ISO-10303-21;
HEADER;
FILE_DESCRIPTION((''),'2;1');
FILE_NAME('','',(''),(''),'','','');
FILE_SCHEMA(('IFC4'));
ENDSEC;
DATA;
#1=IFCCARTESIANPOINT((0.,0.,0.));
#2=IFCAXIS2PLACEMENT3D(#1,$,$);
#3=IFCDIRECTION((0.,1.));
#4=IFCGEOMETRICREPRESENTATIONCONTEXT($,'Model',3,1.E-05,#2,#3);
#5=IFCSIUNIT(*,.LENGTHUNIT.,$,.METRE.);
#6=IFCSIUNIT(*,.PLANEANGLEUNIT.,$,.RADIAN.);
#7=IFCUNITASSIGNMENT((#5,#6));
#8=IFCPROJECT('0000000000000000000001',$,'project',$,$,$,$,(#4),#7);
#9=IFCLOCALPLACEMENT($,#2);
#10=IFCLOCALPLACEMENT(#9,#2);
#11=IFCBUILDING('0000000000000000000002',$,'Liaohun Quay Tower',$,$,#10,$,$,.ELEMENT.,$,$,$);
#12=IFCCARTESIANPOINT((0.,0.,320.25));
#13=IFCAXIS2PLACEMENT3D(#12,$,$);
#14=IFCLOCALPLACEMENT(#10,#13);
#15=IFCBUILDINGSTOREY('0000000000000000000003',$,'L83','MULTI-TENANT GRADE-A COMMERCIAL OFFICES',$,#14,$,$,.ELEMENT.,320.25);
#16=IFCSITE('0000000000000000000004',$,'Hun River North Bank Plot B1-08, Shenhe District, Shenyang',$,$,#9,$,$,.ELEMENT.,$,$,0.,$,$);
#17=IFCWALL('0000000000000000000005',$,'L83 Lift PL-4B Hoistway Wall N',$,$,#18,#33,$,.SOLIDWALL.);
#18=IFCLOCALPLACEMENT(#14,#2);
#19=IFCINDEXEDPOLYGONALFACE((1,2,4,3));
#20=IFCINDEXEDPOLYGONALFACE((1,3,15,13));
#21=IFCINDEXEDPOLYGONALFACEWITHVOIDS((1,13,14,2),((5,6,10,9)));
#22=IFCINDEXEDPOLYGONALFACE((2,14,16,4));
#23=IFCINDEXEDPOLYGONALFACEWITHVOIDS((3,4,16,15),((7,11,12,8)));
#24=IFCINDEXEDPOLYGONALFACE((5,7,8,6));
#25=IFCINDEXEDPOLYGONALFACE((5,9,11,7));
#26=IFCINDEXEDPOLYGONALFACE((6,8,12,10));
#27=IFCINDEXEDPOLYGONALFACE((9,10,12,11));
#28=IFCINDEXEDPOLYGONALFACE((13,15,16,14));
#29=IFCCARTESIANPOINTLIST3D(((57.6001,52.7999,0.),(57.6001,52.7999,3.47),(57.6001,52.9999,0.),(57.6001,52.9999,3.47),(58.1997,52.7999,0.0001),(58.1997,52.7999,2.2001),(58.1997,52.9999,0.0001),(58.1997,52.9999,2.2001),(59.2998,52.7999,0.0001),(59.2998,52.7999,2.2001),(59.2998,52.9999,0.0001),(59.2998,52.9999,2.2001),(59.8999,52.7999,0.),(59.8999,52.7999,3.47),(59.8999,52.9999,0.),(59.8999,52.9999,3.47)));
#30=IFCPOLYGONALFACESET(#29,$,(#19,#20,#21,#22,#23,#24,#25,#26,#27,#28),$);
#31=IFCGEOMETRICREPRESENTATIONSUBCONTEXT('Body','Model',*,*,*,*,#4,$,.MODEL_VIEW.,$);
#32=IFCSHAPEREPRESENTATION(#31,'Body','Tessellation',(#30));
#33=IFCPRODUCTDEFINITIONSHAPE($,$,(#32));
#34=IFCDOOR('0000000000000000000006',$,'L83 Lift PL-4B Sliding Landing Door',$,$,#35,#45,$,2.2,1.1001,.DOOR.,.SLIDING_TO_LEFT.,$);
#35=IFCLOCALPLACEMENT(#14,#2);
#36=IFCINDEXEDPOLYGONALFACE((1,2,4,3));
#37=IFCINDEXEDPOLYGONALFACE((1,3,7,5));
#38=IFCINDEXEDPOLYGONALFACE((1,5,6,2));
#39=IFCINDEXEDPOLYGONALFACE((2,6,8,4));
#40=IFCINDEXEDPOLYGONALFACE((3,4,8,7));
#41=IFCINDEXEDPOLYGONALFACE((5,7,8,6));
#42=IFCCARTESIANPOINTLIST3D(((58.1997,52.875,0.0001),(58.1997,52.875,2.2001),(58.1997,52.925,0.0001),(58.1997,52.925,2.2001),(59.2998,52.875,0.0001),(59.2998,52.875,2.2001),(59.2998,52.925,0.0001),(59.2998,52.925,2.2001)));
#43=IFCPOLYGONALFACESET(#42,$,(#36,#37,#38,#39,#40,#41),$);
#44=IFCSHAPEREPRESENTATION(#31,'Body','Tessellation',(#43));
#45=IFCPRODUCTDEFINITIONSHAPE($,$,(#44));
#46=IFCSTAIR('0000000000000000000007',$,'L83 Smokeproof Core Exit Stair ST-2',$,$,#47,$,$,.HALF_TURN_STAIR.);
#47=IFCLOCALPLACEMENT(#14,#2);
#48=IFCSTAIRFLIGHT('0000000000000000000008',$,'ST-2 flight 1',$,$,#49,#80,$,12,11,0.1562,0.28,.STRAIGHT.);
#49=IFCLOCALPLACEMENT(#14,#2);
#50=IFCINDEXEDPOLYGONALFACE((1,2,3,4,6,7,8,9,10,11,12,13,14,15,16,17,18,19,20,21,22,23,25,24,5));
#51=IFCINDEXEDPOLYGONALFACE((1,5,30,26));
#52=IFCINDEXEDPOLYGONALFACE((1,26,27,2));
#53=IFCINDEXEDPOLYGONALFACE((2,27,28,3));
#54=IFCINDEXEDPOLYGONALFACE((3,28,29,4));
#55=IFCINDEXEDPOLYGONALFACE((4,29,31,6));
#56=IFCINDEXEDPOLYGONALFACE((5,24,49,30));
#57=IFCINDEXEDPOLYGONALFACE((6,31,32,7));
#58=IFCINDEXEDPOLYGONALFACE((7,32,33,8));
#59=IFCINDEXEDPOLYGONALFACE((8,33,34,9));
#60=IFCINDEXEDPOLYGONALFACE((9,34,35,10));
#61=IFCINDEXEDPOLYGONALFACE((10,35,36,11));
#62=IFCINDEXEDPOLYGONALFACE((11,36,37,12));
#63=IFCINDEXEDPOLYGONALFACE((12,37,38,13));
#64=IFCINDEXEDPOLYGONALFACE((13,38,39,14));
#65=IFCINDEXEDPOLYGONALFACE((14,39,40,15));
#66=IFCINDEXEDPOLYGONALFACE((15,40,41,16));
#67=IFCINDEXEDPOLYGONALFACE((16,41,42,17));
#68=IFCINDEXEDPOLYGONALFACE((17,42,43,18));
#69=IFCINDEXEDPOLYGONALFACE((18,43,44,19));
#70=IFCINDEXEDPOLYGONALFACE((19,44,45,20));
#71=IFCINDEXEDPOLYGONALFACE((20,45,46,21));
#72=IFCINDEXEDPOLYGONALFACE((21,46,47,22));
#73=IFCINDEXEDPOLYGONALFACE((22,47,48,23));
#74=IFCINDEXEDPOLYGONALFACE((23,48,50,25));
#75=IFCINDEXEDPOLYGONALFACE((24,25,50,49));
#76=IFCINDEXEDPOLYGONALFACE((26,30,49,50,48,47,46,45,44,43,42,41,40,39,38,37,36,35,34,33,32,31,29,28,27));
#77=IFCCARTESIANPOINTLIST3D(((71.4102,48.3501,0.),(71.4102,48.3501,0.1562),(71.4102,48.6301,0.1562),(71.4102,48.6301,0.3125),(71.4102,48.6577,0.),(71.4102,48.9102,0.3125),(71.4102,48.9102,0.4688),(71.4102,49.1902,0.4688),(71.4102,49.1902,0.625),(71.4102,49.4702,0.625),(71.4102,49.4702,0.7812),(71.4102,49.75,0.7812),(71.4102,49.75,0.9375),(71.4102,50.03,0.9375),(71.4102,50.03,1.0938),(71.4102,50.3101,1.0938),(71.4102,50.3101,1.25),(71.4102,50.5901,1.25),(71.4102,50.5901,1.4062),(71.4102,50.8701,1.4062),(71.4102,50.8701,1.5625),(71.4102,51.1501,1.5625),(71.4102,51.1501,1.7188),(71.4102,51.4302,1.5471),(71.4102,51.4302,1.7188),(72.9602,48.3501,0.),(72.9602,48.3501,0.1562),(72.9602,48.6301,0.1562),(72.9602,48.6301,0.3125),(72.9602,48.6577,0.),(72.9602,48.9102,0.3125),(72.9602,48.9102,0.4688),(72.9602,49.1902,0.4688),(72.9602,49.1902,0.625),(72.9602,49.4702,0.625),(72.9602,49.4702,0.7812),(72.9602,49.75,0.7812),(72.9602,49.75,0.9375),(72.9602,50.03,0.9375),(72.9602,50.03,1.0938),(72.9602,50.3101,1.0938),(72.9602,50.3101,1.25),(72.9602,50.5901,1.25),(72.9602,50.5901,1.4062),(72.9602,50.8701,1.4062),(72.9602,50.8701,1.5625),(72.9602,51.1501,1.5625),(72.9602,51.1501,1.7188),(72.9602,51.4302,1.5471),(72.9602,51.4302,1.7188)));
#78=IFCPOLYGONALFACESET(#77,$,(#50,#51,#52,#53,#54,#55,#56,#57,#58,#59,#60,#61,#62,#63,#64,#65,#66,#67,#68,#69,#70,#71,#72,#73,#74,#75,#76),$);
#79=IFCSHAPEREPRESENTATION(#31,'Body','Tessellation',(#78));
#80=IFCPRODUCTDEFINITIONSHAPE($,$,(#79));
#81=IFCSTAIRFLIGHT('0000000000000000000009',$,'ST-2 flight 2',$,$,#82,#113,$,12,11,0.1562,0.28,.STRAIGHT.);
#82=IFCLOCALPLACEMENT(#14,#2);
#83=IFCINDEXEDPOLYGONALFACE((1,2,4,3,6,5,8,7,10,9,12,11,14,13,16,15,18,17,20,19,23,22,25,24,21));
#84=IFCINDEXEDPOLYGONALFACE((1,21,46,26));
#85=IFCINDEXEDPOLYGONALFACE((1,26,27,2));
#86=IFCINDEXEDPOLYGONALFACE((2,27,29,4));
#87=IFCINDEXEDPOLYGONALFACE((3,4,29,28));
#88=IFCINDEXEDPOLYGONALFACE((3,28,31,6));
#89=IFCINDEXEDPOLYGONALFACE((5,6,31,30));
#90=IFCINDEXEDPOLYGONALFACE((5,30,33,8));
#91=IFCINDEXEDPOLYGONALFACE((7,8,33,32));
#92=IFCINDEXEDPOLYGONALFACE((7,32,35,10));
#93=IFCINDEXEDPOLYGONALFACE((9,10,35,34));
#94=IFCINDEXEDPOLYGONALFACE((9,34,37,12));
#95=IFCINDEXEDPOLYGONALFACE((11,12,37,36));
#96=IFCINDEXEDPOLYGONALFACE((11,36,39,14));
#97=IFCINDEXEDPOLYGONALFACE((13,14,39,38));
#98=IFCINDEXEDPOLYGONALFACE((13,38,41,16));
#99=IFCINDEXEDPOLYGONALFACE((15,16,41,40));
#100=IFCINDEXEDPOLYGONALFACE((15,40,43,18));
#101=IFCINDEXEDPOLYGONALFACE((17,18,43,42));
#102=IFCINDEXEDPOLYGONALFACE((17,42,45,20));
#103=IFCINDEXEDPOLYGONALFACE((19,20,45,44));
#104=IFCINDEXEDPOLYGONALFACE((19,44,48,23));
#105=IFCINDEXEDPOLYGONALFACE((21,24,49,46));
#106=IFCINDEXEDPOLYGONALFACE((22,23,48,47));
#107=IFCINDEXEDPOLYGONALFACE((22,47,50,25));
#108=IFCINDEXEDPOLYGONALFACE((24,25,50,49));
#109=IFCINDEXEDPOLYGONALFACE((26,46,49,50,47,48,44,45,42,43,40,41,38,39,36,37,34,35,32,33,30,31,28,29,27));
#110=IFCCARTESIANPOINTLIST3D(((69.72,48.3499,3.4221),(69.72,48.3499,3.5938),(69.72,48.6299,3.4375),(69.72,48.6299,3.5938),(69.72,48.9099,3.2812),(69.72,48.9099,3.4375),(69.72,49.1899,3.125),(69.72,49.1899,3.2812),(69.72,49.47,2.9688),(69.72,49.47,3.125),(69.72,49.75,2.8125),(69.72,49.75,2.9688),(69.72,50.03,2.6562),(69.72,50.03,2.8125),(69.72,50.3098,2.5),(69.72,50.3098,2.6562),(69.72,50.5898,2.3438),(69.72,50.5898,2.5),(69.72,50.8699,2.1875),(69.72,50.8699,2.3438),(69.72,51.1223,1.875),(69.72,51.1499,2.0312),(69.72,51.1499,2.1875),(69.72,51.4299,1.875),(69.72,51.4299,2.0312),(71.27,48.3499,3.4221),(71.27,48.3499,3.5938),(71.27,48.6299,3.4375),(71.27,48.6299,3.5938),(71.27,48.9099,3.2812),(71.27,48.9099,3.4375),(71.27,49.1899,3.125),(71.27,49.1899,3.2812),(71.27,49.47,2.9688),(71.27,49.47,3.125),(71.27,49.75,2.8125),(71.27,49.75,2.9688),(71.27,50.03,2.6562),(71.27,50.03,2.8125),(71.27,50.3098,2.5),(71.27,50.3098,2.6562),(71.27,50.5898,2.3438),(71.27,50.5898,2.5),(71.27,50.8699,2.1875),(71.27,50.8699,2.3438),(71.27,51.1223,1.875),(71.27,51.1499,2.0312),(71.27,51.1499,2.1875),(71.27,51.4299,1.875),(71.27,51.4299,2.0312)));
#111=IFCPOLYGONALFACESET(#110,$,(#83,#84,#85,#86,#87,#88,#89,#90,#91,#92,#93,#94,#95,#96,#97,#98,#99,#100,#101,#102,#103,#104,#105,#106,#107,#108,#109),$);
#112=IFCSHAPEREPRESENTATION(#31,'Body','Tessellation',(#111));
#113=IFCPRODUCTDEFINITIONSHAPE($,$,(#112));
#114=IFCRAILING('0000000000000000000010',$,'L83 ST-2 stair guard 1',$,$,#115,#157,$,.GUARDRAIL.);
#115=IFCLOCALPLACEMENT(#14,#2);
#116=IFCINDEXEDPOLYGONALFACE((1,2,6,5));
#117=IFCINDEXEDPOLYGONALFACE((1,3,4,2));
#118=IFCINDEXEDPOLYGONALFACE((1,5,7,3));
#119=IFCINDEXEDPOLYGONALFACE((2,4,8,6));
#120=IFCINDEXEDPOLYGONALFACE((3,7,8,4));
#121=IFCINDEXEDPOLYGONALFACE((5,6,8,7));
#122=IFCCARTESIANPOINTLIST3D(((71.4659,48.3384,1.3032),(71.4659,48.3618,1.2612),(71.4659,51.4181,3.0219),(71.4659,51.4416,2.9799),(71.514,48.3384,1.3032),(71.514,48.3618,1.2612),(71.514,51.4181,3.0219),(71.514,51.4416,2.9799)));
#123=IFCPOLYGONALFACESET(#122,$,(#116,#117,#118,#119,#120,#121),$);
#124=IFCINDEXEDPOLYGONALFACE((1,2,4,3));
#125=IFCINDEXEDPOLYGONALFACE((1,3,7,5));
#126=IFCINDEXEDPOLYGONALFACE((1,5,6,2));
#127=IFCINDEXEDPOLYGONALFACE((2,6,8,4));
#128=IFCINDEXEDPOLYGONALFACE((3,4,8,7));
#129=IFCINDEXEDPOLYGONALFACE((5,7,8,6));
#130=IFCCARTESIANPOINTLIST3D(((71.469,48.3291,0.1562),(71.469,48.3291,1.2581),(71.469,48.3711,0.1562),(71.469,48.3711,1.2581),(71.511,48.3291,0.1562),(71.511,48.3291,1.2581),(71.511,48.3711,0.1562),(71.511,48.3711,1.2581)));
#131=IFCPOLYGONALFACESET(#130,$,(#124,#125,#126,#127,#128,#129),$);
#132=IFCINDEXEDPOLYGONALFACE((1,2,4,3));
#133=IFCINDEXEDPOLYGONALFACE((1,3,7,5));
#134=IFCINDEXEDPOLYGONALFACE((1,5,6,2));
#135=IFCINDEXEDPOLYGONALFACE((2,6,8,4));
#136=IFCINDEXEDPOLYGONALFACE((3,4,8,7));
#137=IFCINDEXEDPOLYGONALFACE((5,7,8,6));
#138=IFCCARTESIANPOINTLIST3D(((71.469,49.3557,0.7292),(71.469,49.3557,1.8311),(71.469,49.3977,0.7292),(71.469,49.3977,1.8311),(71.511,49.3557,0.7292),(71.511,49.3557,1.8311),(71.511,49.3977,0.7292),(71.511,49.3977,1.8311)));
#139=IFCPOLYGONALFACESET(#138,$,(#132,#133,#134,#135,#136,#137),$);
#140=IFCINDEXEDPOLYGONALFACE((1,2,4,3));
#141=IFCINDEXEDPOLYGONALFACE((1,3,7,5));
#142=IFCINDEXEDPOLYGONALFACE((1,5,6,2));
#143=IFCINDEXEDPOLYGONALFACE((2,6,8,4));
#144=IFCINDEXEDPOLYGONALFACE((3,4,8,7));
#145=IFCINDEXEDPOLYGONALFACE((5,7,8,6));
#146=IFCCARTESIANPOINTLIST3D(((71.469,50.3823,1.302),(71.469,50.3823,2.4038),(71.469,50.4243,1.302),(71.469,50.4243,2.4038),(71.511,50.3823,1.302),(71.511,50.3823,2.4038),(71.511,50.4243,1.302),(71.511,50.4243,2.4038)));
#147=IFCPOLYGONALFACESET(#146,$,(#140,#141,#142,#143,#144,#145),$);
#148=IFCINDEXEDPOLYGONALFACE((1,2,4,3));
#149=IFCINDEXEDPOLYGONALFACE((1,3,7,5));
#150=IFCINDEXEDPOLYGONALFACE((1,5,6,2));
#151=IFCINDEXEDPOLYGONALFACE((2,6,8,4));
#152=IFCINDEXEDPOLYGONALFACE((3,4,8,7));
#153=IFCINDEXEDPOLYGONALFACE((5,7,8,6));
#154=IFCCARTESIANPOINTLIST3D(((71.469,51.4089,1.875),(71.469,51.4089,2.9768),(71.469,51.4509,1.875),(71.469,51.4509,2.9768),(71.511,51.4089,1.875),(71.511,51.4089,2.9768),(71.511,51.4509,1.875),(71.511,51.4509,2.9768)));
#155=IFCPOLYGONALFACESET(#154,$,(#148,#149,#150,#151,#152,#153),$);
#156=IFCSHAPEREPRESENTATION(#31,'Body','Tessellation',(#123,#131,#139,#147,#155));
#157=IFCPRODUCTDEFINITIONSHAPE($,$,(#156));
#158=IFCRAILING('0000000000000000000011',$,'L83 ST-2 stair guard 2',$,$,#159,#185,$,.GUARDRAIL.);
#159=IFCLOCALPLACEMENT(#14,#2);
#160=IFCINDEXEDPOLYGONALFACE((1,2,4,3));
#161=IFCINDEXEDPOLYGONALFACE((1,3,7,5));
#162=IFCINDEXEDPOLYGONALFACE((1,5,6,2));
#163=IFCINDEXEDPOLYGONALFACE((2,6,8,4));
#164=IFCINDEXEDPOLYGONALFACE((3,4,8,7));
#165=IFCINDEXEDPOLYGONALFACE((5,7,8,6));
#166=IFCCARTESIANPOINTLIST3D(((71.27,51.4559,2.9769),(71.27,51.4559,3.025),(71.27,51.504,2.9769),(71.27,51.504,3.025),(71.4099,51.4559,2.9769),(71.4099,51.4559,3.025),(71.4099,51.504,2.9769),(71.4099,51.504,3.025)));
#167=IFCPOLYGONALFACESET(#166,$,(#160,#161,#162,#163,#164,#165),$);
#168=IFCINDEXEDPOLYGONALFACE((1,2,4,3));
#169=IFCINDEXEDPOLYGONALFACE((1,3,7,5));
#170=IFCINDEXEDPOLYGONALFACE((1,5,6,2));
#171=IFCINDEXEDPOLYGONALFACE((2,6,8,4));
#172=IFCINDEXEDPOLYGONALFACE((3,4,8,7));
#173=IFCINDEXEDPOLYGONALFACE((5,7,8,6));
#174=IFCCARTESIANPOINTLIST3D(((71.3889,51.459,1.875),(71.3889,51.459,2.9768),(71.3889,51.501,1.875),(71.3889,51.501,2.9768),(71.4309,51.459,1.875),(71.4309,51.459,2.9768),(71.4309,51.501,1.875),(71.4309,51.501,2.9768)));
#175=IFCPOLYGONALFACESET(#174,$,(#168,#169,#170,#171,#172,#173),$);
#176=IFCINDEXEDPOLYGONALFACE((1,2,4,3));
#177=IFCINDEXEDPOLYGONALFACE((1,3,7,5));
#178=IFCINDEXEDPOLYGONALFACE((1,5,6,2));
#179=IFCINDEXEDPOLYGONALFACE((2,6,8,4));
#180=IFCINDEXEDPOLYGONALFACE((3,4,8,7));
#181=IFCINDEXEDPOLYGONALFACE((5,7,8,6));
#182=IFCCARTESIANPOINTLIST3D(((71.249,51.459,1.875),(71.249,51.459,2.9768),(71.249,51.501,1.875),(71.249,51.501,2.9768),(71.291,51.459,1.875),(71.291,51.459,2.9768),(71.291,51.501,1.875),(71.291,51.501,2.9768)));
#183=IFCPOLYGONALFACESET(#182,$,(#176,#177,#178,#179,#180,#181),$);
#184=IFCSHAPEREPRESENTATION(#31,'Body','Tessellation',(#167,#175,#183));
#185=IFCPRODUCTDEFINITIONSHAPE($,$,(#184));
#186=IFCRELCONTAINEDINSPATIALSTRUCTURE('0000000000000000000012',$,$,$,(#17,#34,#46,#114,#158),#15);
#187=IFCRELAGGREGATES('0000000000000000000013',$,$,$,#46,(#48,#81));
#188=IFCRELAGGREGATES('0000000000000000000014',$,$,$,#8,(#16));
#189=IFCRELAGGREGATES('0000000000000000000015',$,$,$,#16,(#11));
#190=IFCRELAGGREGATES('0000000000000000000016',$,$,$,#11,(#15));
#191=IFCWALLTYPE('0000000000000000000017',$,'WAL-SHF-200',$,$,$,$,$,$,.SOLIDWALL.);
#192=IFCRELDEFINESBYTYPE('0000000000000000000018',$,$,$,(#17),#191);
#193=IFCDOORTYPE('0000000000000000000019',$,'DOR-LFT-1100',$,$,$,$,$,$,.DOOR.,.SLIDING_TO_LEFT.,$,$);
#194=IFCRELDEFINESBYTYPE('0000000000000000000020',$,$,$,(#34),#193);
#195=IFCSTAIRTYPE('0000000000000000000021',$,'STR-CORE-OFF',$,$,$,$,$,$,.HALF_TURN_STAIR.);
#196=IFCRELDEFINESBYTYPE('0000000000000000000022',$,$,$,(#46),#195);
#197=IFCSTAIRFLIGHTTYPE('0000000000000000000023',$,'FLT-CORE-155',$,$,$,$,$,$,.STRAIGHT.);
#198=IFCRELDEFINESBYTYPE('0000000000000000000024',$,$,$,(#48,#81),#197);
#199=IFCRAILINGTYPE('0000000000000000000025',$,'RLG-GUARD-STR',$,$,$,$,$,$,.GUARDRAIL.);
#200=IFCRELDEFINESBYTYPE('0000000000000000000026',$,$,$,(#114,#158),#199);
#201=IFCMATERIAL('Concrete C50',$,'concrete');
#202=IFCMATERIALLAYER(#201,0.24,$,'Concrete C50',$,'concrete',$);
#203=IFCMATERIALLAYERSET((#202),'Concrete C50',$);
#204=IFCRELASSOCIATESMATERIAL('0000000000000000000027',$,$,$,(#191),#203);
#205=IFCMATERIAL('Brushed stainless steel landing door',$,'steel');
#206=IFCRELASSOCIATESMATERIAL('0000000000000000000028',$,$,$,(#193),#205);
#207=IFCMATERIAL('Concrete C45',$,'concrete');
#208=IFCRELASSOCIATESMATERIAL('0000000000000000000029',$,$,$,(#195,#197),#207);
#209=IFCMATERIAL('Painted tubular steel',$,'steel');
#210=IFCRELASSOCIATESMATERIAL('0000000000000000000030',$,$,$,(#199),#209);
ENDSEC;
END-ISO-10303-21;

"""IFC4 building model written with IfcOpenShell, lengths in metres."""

from ifc_helpers import new_model, si_unit, direction, frame, frame_2d, origin, origin_2d, place, context, subcontext, project, spatial, polyline, rectangle, outline, extrude, source, transform, mapped, material, layer, layer_set, type_object, element, fill, aggregate, save


model = new_model("IFC4")

# Units and contexts
model_context = context("Model", 3, precision=1e-05, world=origin(), true_north=direction((0.0, 1.0)))
body_context = subcontext(model_context, "Body", "Model", "MODEL_VIEW")
ifc_project = project(units=[si_unit("LENGTHUNIT", "METRE"), si_unit("PLANEANGLEUNIT", "RADIAN")], contexts=[model_context])

# Site, building, storey
site_placement = place(None, origin())
site = spatial("IfcSite", under=ifc_project, at=site_placement, Name="Hun River North Bank Plot B1-08, Shenhe District, Shenyang", CompositionType="ELEMENT", RefElevation=0.0)
building_placement = place(site_placement, origin())
building = spatial("IfcBuilding", under=site, at=building_placement, Name="Liaohun Quay Tower", CompositionType="ELEMENT")
storey_placement = place(building_placement, frame((0.0, 0.0, 320.25)))
storey = spatial("IfcBuildingStorey", under=building, at=storey_placement, Name="L83", Description="MULTI-TENANT GRADE-A COMMERCIAL OFFICES", CompositionType="ELEMENT", Elevation=320.25)

# Shared definitions
ifc_material_1 = material(Name="Concrete C50", Category="concrete")
ifc_layer_1 = layer(ifc_material_1, 0.24, Name="Concrete C50", Category="concrete")
ifc_layer_set_1 = layer_set([ifc_layer_1], Name="Concrete C50")
wall_type_1 = type_object("IfcWallType", Name="WAL-SHF-200", PredefinedType="SOLIDWALL", material=ifc_layer_set_1)

# Wall, opening, door
wall_1_placement = place(storey_placement, frame((59.8999, 52.8999, 0.0), z_axis=(0.0, 0.0, 1.0), x_axis=(-1.0, 0.0, 0.0)))
wall_1 = element("IfcWall", 1, at=wall_1_placement, inside=storey, type_object=wall_type_1, Name="L83 Lift PL-4B Hoistway Wall N", PredefinedType="SOLIDWALL", context=body_context, shape_type="SweptSolid", body=[
    extrude(rectangle(XDim=2.2998, YDim=0.2, at=frame_2d((1.1499, 0.0))), origin(), (0.0, 0.0, 1.0), 3.47),
])
shared_shape_1 = source(origin(), body_context, "Body", "SweptSolid", [
    extrude(rectangle(XDim=1.1001, YDim=2.2, at=frame_2d((0.55, 1.1001))), frame((0.0, 0.1099, 0.0), z_axis=(0.0, -1.0, 0.0), x_axis=(1.0, 0.0, 0.0)), (0.0, 0.0, 1.0), 0.22),
])
opening_1_placement = place(wall_1_placement, frame((0.6001, 0.0, 0.0)))
opening_1 = element("IfcOpeningElement", 2, at=opening_1_placement, cuts=wall_1, PredefinedType="OPENING", context=body_context, shape_type="MappedRepresentation", body=[
    mapped(shared_shape_1, transform((0.0, 0.0, 0.0), x_axis=(1.0, 0.0, 0.0), y_axis=(0.0, 1.0, 0.0), z_axis=(0.0, 0.0, 1.0), scale=1.0)),
])
ifc_material_2 = material(Name="Brushed stainless steel landing door", Category="steel")
door_type_1 = type_object("IfcDoorType", Name="DOR-LFT-1100", OperationType="SLIDING_TO_LEFT", PredefinedType="DOOR", material=ifc_material_2)
shared_shape_2 = source(origin(), body_context, "Body", "SweptSolid", [
    extrude(rectangle(XDim=1.1001, YDim=2.2, at=frame_2d((0.55, 1.1001))), frame((0.0, 0.0249, 0.0), z_axis=(0.0, -1.0, 0.0), x_axis=(1.0, 0.0, 0.0)), (0.0, 0.0, 1.0), 0.05),
])
door_1_placement = place(opening_1_placement, origin())
door_1 = element("IfcDoor", 3, at=door_1_placement, inside=storey, type_object=door_type_1, Name="L83 Lift PL-4B Sliding Landing Door", OperationType="SLIDING_TO_LEFT", OverallHeight=2.2, OverallWidth=1.1001, PredefinedType="DOOR", context=body_context, shape_type="MappedRepresentation", body=[
    mapped(shared_shape_2, transform((0.0, 0.0, 0.0), x_axis=(1.0, 0.0, 0.0), y_axis=(0.0, 1.0, 0.0), z_axis=(0.0, 0.0, 1.0), scale=1.0)),
])
fill(opening_1, door_1)

# Stair, stair flights
ifc_material_3 = material(Name="Concrete C45", Category="concrete")
stair_type = type_object("IfcStairType", Name="STR-CORE-OFF", PredefinedType="HALF_TURN_STAIR", material=ifc_material_3)
stair_placement = place(storey_placement, origin())
stair = element("IfcStair", 4, at=stair_placement, inside=storey, type_object=stair_type, Name="L83 Smokeproof Core Exit Stair ST-2", PredefinedType="HALF_TURN_STAIR")
stair_flight_type = type_object("IfcStairFlightType", Name="FLT-CORE-155", PredefinedType="STRAIGHT", material=ifc_material_3)
stair_flight_1_placement = place(storey_placement, frame((72.1851, 48.3501, 0.0), z_axis=(0.0, 0.0, 1.0), x_axis=(0.0, 1.0, 0.0)))
stair_flight_1 = element("IfcStairFlight", 5, at=stair_flight_1_placement, type_object=stair_flight_type, Name="ST-2 flight 1", NumberOfRisers=12, NumberOfTreads=11, PredefinedType="STRAIGHT", RiserHeight=0.1562, TreadLength=0.28, context=body_context, shape_type="SweptSolid", body=[
    extrude(outline(polyline([(0.0, 0.0), (0.0, 0.1562), (0.28, 0.1562), (0.28, 0.3125), (0.5601, 0.3125), (0.5601, 0.4688), (0.8401, 0.4688), (0.8401, 0.625), (1.1201, 0.625), (1.1201, 0.7812), (1.3999, 0.7812), (1.3999, 0.9375), (1.6799, 0.9375), (1.6799, 1.0938), (1.96, 1.0938), (1.96, 1.25), (2.24, 1.25), (2.24, 1.4062), (2.52, 1.4062), (2.52, 1.5625), (2.8, 1.5625), (2.8, 1.7188), (3.0801, 1.7188), (3.0801, 1.875), (3.0801, 1.5471), (0.3076, 0.0), (0.0, 0.0)])), frame((0.0, 0.7749, 0.0), z_axis=(0.0, -1.0, 0.0), x_axis=(1.0, 0.0, 0.0)), (0.0, 0.0, 1.0), 1.55),
])
stair_flight_2_placement = place(storey_placement, frame((70.4951, 51.4299, 1.875), z_axis=(0.0, 0.0, 1.0), x_axis=(0.0, -1.0, 0.0)))
stair_flight_2 = element("IfcStairFlight", 6, at=stair_flight_2_placement, type_object=stair_flight_type, Name="ST-2 flight 2", NumberOfRisers=12, NumberOfTreads=11, PredefinedType="STRAIGHT", RiserHeight=0.1562, TreadLength=0.28, context=body_context, shape_type="SweptSolid", body=[
    extrude(outline(polyline([(0.0, 0.0), (0.0, 0.1562), (0.28, 0.1562), (0.28, 0.3125), (0.5601, 0.3125), (0.5601, 0.4688), (0.8401, 0.4688), (0.8401, 0.625), (1.1201, 0.625), (1.1201, 0.7812), (1.3999, 0.7812), (1.3999, 0.9375), (1.6799, 0.9375), (1.6799, 1.0938), (1.96, 1.0938), (1.96, 1.25), (2.24, 1.25), (2.24, 1.4062), (2.52, 1.4062), (2.52, 1.5625), (2.8, 1.5625), (2.8, 1.7188), (3.0801, 1.7188), (3.0801, 1.875), (3.0801, 1.5471), (0.3076, 0.0), (0.0, 0.0)])), frame((0.0, 0.7749, 0.0), z_axis=(0.0, -1.0, 0.0), x_axis=(1.0, 0.0, 0.0)), (0.0, 0.0, 1.0), 1.55),
])
aggregate(stair, [stair_flight_1, stair_flight_2])

# Railings
ifc_material_4 = material(Name="Painted tubular steel", Category="steel")
railing_type_1 = type_object("IfcRailingType", Name="RLG-GUARD-STR", PredefinedType="GUARDRAIL", material=ifc_material_4)
railing_1_placement = place(storey_placement, frame((71.49, 48.3501, 0.1562)))
element("IfcRailing", 7, at=railing_1_placement, inside=storey, type_object=railing_type_1, Name="L83 ST-2 stair guard 1", PredefinedType="GUARDRAIL", context=body_context, shape_type="SweptSolid", body=[
    extrude(rectangle(XDim=0.0481, YDim=0.0481, at=origin_2d()), frame((0.0, 0.0, 1.126), z_axis=(0.0, 0.873225, 0.487317), x_axis=(-1.0, 0.0, 0.0)), (0.0, 0.0, 1.0), 3.5269),
    extrude(rectangle(XDim=0.042, YDim=0.042, at=origin_2d()), origin(), (0.0, 0.0, 1.0), 1.1018),
    extrude(rectangle(XDim=0.042, YDim=0.042, at=origin_2d()), frame((0.0, 1.0266, 0.573)), (0.0, 0.0, 1.0), 1.1018),
    extrude(rectangle(XDim=0.042, YDim=0.042, at=origin_2d()), frame((0.0, 2.0532, 1.1458)), (0.0, 0.0, 1.0), 1.1018),
    extrude(rectangle(XDim=0.042, YDim=0.042, at=origin_2d()), frame((0.0, 3.0798, 1.7188)), (0.0, 0.0, 1.0), 1.1018),
])
railing_2_placement = place(storey_placement, frame((71.4099, 51.48, 1.875)))
element("IfcRailing", 8, at=railing_2_placement, inside=storey, type_object=railing_type_1, Name="L83 ST-2 stair guard 2", PredefinedType="GUARDRAIL", context=body_context, shape_type="SweptSolid", body=[
    extrude(rectangle(XDim=0.0481, YDim=0.0481, at=origin_2d()), frame((0.0, 0.0, 1.126), z_axis=(-1.0, 0.0, 0.0), x_axis=(0.0, -1.0, 0.0)), (0.0, 0.0, 1.0), 0.1399),
    extrude(rectangle(XDim=0.042, YDim=0.042, at=origin_2d()), origin(), (0.0, 0.0, 1.0), 1.1018),
    extrude(rectangle(XDim=0.042, YDim=0.042, at=origin_2d()), frame((-0.1399, 0.0, 0.0)), (0.0, 0.0, 1.0), 1.1018),
])

save(model, "model.ifc")
